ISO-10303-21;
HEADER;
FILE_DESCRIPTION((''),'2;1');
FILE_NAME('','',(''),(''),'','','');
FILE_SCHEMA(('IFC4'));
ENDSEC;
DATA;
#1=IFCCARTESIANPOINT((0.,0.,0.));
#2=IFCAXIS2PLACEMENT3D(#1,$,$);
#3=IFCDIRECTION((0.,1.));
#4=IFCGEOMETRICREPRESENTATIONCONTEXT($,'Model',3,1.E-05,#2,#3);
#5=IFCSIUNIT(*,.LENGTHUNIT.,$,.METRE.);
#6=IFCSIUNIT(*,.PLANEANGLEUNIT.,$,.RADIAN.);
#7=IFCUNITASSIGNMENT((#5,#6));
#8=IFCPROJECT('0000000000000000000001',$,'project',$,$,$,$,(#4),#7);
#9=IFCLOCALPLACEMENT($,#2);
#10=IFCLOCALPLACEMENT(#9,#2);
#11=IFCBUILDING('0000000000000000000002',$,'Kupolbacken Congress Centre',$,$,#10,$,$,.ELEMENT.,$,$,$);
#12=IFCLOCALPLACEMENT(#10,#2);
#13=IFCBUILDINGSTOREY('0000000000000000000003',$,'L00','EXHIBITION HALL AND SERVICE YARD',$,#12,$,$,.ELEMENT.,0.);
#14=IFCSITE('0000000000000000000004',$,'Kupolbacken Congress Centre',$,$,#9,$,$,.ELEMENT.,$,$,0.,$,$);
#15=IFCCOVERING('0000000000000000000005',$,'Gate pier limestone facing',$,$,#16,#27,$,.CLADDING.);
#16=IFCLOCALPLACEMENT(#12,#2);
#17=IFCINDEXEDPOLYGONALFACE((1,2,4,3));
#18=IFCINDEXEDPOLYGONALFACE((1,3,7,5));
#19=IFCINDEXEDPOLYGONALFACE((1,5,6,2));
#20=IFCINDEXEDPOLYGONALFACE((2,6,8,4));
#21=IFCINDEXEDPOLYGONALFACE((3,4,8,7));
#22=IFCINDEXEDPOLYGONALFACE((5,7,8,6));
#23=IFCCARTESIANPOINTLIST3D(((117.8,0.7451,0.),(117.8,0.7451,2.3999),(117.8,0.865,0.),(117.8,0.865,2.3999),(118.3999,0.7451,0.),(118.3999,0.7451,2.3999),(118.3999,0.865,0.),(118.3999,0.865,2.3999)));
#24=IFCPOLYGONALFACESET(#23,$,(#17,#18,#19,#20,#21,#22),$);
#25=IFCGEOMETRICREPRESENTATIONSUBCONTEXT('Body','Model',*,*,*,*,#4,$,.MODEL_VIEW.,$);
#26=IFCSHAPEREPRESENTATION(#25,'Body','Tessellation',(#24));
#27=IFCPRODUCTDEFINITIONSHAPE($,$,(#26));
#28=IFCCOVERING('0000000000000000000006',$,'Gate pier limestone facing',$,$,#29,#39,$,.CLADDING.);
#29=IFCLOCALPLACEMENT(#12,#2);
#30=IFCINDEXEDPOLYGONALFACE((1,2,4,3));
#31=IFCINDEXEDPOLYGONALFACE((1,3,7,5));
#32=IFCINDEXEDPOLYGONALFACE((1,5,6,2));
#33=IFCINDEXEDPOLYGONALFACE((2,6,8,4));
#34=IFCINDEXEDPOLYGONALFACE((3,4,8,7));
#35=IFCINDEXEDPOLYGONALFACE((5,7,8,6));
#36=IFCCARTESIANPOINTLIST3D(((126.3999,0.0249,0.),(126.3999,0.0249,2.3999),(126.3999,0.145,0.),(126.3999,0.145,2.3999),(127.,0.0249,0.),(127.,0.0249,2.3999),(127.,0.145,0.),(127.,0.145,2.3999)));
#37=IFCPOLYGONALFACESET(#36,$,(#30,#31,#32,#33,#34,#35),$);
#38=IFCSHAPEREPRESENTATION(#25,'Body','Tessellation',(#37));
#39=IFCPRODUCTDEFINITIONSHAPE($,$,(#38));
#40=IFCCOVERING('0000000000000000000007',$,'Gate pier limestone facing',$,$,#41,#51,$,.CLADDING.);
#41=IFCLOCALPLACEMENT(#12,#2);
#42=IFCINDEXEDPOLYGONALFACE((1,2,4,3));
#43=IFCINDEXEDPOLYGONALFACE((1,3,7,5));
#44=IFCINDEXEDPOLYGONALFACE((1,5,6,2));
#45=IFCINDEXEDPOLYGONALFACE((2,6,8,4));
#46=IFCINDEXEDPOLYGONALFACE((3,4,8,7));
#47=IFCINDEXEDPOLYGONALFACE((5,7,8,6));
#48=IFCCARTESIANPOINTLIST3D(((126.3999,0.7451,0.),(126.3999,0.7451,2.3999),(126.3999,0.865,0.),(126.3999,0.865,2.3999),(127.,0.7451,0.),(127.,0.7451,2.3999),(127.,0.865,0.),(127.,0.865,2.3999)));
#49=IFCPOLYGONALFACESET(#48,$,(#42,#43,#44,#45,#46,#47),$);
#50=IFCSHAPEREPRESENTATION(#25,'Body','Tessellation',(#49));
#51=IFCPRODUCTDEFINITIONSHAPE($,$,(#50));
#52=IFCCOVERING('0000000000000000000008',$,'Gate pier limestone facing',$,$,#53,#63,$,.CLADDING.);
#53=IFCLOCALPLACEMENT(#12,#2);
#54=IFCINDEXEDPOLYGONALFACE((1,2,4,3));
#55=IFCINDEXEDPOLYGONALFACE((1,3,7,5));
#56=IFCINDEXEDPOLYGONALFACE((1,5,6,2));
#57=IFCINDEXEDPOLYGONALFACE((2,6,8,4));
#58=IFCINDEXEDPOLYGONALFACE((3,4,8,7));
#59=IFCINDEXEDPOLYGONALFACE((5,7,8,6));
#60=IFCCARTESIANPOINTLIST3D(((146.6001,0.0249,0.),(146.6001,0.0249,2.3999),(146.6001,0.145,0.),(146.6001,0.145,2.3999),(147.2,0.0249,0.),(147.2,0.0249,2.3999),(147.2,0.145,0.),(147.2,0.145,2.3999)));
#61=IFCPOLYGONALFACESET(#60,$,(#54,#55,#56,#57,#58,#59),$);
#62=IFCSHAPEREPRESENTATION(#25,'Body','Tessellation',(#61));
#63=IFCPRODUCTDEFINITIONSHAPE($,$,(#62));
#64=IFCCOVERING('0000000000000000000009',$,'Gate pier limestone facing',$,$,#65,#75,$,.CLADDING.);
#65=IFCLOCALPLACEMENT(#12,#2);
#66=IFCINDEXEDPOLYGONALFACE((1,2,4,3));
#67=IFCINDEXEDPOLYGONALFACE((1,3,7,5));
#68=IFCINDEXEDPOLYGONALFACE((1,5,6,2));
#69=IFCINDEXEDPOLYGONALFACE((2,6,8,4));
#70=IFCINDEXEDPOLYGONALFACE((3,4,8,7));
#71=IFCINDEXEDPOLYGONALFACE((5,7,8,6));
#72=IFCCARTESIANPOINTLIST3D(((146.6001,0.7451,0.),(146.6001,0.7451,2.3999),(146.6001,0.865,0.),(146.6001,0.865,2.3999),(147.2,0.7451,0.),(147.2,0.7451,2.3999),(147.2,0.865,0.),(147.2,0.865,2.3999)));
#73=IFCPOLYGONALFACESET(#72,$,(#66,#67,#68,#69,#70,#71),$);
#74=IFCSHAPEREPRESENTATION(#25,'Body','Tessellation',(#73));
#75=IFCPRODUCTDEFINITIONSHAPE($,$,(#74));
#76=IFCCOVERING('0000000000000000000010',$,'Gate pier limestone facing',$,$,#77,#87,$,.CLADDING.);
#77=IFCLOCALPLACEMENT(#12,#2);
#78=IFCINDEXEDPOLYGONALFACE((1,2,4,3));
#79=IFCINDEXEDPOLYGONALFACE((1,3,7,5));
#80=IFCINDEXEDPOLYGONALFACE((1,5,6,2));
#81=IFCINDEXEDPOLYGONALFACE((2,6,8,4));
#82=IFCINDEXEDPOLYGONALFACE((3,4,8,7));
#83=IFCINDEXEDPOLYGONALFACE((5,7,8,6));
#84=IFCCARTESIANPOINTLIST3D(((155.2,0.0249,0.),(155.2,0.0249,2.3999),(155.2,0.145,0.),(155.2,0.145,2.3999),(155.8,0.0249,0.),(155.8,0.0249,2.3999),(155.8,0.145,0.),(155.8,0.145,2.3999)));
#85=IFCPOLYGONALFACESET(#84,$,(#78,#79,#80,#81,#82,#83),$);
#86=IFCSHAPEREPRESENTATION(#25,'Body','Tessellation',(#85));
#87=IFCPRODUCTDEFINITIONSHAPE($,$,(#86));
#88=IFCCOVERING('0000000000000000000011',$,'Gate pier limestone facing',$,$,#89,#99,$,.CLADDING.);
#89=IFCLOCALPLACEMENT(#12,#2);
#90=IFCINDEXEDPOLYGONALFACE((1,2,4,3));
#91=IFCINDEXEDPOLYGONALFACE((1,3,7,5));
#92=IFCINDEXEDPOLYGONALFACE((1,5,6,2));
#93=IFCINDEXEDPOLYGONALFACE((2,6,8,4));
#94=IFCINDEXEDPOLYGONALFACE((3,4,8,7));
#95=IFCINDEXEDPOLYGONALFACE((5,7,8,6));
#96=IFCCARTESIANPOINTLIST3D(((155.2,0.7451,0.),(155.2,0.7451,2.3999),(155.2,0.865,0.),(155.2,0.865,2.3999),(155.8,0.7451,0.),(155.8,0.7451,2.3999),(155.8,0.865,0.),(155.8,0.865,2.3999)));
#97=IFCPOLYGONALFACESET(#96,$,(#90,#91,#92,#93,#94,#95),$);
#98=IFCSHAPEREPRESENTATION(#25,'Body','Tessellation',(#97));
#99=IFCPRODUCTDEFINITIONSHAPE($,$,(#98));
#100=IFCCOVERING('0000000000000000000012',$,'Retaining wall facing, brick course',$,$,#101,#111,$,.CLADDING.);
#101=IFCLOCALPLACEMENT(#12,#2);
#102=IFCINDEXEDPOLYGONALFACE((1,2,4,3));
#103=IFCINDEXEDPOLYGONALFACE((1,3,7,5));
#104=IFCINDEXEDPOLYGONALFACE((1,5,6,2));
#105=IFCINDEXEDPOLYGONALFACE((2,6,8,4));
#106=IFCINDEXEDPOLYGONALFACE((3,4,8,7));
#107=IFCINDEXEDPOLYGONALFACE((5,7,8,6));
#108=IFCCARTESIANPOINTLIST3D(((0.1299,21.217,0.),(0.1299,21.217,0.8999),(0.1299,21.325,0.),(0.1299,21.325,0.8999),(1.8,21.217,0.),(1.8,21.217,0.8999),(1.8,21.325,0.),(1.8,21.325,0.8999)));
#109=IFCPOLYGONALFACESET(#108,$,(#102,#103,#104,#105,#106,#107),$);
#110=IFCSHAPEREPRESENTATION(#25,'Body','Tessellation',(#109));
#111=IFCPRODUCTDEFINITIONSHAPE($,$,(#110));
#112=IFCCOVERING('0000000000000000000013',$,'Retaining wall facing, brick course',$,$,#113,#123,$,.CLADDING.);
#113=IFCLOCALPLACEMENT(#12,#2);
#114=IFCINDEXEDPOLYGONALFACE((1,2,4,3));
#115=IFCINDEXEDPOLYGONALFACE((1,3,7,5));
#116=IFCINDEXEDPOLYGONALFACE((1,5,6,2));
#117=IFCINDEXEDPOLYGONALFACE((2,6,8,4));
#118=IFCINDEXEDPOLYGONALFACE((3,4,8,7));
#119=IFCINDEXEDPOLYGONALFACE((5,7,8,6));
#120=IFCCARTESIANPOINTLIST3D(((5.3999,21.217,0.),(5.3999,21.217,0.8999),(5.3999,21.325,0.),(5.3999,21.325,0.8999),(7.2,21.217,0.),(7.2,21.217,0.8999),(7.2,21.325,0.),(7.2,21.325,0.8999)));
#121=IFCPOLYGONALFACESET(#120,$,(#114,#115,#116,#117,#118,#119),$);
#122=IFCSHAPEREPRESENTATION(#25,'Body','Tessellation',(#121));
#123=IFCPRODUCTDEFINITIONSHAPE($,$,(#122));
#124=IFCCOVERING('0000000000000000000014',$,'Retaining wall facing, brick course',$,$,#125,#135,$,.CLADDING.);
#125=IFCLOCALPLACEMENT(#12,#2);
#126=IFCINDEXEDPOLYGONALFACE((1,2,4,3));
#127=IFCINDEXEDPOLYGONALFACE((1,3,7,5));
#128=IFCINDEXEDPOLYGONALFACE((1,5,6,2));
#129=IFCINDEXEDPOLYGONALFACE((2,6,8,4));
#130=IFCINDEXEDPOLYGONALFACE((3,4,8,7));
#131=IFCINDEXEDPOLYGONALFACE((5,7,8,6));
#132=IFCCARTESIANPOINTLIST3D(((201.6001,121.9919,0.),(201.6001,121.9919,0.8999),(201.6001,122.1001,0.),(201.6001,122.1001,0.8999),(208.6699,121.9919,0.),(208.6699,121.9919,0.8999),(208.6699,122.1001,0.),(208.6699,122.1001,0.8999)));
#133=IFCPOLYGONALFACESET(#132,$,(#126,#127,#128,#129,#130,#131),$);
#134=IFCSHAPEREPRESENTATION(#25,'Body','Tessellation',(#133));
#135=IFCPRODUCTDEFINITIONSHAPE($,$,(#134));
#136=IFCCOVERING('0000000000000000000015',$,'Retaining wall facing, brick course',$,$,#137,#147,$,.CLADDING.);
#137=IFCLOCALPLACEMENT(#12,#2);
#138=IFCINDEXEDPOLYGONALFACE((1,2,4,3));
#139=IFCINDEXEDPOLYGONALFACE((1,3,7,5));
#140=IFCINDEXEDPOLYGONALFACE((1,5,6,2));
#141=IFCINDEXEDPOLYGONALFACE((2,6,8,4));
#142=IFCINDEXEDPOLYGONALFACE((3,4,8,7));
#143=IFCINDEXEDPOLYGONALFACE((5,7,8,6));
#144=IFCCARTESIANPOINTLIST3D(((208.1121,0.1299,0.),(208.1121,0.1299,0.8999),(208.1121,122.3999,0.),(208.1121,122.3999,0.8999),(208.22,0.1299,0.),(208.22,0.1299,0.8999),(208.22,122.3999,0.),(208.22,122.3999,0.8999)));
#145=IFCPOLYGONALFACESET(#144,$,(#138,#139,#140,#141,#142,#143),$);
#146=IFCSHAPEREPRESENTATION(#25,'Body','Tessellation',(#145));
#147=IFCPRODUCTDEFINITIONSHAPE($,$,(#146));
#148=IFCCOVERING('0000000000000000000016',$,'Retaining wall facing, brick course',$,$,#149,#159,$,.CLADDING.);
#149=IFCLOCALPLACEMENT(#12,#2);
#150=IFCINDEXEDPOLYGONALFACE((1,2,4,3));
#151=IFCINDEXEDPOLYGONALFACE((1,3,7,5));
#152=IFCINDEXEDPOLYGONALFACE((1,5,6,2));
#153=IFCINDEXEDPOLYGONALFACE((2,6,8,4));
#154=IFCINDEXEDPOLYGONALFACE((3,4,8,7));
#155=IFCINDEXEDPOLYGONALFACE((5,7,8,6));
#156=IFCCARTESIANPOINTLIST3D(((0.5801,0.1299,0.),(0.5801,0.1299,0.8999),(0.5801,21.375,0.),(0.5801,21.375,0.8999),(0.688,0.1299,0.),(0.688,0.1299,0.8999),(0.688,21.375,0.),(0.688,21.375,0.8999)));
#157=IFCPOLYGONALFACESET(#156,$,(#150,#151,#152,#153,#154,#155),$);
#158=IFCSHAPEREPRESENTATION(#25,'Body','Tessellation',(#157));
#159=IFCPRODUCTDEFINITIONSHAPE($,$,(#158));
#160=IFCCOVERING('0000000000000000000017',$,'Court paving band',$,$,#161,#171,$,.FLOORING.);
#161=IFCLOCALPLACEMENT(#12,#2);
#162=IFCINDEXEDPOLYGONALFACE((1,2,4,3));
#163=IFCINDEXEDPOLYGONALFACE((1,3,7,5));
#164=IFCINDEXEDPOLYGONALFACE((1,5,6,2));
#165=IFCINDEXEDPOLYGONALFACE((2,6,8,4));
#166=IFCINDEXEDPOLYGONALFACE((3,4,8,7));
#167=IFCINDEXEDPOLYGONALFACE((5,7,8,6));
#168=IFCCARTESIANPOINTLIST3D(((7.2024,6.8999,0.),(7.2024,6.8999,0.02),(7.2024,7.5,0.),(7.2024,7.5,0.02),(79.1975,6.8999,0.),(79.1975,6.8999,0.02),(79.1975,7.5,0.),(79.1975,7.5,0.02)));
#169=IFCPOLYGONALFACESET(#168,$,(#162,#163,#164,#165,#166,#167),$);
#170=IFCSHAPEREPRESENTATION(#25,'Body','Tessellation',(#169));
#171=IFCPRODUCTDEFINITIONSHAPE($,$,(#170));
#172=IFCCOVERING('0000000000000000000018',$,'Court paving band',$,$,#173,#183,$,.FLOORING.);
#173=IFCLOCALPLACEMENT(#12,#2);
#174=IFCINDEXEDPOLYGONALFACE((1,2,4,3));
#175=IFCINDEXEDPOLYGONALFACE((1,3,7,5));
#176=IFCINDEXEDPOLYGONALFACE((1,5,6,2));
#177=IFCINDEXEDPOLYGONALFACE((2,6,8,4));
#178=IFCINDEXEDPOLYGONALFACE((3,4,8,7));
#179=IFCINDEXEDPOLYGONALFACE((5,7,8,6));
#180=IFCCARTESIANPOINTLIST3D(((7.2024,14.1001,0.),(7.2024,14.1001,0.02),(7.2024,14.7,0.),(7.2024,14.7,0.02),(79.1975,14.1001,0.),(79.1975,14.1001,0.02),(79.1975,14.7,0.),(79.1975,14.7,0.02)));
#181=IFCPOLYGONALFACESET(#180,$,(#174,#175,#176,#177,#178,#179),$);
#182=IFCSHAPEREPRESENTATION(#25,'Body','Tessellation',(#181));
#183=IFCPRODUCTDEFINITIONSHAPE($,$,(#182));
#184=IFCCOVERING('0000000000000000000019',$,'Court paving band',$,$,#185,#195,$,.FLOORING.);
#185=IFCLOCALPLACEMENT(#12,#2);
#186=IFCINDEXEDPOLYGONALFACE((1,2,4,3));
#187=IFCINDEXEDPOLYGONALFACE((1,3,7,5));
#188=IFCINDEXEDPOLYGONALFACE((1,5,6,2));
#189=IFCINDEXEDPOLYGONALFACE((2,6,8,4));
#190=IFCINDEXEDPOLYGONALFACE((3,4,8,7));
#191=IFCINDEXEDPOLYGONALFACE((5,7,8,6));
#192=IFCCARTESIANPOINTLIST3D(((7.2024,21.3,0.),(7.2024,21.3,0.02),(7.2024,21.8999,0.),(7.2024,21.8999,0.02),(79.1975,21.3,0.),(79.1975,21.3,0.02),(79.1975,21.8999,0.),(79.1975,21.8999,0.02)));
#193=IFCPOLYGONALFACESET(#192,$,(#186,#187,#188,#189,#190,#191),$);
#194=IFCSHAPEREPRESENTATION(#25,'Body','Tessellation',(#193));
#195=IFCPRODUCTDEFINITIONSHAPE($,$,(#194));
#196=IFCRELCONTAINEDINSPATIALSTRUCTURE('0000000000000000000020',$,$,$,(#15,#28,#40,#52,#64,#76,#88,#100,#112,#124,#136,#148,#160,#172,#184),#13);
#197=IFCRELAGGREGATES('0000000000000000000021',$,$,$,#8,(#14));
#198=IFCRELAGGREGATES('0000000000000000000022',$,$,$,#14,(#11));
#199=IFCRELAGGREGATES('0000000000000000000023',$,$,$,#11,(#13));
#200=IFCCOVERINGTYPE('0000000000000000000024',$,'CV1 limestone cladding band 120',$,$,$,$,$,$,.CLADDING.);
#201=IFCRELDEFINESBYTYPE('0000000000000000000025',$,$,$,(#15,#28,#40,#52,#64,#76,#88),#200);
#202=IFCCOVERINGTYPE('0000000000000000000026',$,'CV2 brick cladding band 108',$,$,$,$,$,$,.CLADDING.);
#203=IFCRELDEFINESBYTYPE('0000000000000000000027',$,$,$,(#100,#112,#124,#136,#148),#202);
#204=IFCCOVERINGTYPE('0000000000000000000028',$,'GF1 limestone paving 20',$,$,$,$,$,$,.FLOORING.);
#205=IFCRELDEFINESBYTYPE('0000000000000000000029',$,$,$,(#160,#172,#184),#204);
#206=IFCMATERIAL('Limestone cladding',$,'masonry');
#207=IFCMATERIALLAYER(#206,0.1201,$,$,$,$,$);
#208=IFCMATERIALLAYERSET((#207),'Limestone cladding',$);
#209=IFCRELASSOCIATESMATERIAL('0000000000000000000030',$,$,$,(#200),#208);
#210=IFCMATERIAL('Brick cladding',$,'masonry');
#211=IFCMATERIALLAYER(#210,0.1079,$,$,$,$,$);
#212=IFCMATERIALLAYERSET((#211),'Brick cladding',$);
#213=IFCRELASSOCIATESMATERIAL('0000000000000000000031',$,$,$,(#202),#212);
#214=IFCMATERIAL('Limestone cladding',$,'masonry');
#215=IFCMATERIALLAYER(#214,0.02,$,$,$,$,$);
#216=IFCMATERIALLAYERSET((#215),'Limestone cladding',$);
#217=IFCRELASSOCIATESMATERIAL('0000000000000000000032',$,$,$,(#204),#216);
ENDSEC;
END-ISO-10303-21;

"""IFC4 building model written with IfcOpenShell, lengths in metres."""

from ifc_helpers import new_model, si_unit, direction, origin, place, context, subcontext, project, spatial, polyline, outline, extrude, material, layer, layer_set, type_object, element, save


model = new_model("IFC4")

# Units and contexts
model_context = context("Model", 3, precision=1e-05, world=origin(), true_north=direction((0.0, 1.0)))
body_context = subcontext(model_context, "Body", "Model", "MODEL_VIEW")
ifc_project = project(units=[si_unit("LENGTHUNIT", "METRE"), si_unit("PLANEANGLEUNIT", "RADIAN")], contexts=[model_context])

# Site, building, storey
site_placement = place(None, origin())
site = spatial("IfcSite", under=ifc_project, at=site_placement, Name="Kupolbacken Congress Centre", CompositionType="ELEMENT", RefElevation=0.0)
building_placement = place(site_placement, origin())
building = spatial("IfcBuilding", under=site, at=building_placement, Name="Kupolbacken Congress Centre", CompositionType="ELEMENT")
storey_placement = place(building_placement, origin())
storey = spatial("IfcBuildingStorey", under=building, at=storey_placement, Name="L00", Description="EXHIBITION HALL AND SERVICE YARD", CompositionType="ELEMENT", Elevation=0.0)

# Coverings
ifc_material_1 = material(Name="Limestone cladding", Category="masonry")
ifc_layer_1 = layer(ifc_material_1, 0.1201)
ifc_layer_set_1 = layer_set([ifc_layer_1], Name="Limestone cladding")
covering_type_1 = type_object("IfcCoveringType", Name="CV1 limestone cladding band 120", PredefinedType="CLADDING", material=ifc_layer_set_1)
covering_1_placement = place(storey_placement, origin())
element("IfcCovering", 1, at=covering_1_placement, inside=storey, type_object=covering_type_1, Name="Gate pier limestone facing", PredefinedType="CLADDING", context=body_context, shape_type="SweptSolid", body=[
    extrude(outline(polyline([(117.8, 0.7451), (117.8, 0.865), (118.3999, 0.865), (118.3999, 0.7451), (117.8, 0.7451)])), origin(), (0.0, 0.0, 1.0), 2.3999),
])
covering_2_placement = place(storey_placement, origin())
element("IfcCovering", 2, at=covering_2_placement, inside=storey, type_object=covering_type_1, Name="Gate pier limestone facing", PredefinedType="CLADDING", context=body_context, shape_type="SweptSolid", body=[
    extrude(outline(polyline([(126.3999, 0.0249), (126.3999, 0.145), (127.0, 0.145), (127.0, 0.0249), (126.3999, 0.0249)])), origin(), (0.0, 0.0, 1.0), 2.3999),
])
covering_3_placement = place(storey_placement, origin())
element("IfcCovering", 3, at=covering_3_placement, inside=storey, type_object=covering_type_1, Name="Gate pier limestone facing", PredefinedType="CLADDING", context=body_context, shape_type="SweptSolid", body=[
    extrude(outline(polyline([(126.3999, 0.7451), (126.3999, 0.865), (127.0, 0.865), (127.0, 0.7451), (126.3999, 0.7451)])), origin(), (0.0, 0.0, 1.0), 2.3999),
])
covering_4_placement = place(storey_placement, origin())
element("IfcCovering", 4, at=covering_4_placement, inside=storey, type_object=covering_type_1, Name="Gate pier limestone facing", PredefinedType="CLADDING", context=body_context, shape_type="SweptSolid", body=[
    extrude(outline(polyline([(146.6001, 0.0249), (146.6001, 0.145), (147.2, 0.145), (147.2, 0.0249), (146.6001, 0.0249)])), origin(), (0.0, 0.0, 1.0), 2.3999),
])
covering_5_placement = place(storey_placement, origin())
element("IfcCovering", 5, at=covering_5_placement, inside=storey, type_object=covering_type_1, Name="Gate pier limestone facing", PredefinedType="CLADDING", context=body_context, shape_type="SweptSolid", body=[
    extrude(outline(polyline([(146.6001, 0.7451), (146.6001, 0.865), (147.2, 0.865), (147.2, 0.7451), (146.6001, 0.7451)])), origin(), (0.0, 0.0, 1.0), 2.3999),
])
covering_6_placement = place(storey_placement, origin())
element("IfcCovering", 6, at=covering_6_placement, inside=storey, type_object=covering_type_1, Name="Gate pier limestone facing", PredefinedType="CLADDING", context=body_context, shape_type="SweptSolid", body=[
    extrude(outline(polyline([(155.2, 0.0249), (155.2, 0.145), (155.8, 0.145), (155.8, 0.0249), (155.2, 0.0249)])), origin(), (0.0, 0.0, 1.0), 2.3999),
])
covering_7_placement = place(storey_placement, origin())
element("IfcCovering", 7, at=covering_7_placement, inside=storey, type_object=covering_type_1, Name="Gate pier limestone facing", PredefinedType="CLADDING", context=body_context, shape_type="SweptSolid", body=[
    extrude(outline(polyline([(155.2, 0.7451), (155.2, 0.865), (155.8, 0.865), (155.8, 0.7451), (155.2, 0.7451)])), origin(), (0.0, 0.0, 1.0), 2.3999),
])
ifc_material_2 = material(Name="Brick cladding", Category="masonry")
ifc_layer_2 = layer(ifc_material_2, 0.1079)
ifc_layer_set_2 = layer_set([ifc_layer_2], Name="Brick cladding")
covering_type_2 = type_object("IfcCoveringType", Name="CV2 brick cladding band 108", PredefinedType="CLADDING", material=ifc_layer_set_2)
covering_8_placement = place(storey_placement, origin())
element("IfcCovering", 8, at=covering_8_placement, inside=storey, type_object=covering_type_2, Name="Retaining wall facing, brick course", PredefinedType="CLADDING", context=body_context, shape_type="SweptSolid", body=[
    extrude(outline(polyline([(0.1299, 21.217), (0.1299, 21.325), (1.8, 21.325), (1.8, 21.217), (0.1299, 21.217)])), origin(), (0.0, 0.0, 1.0), 0.8999),
])
covering_9_placement = place(storey_placement, origin())
element("IfcCovering", 9, at=covering_9_placement, inside=storey, type_object=covering_type_2, Name="Retaining wall facing, brick course", PredefinedType="CLADDING", context=body_context, shape_type="SweptSolid", body=[
    extrude(outline(polyline([(5.3999, 21.217), (5.3999, 21.325), (7.2, 21.325), (7.2, 21.217), (5.3999, 21.217)])), origin(), (0.0, 0.0, 1.0), 0.8999),
])
covering_10_placement = place(storey_placement, origin())
element("IfcCovering", 10, at=covering_10_placement, inside=storey, type_object=covering_type_2, Name="Retaining wall facing, brick course", PredefinedType="CLADDING", context=body_context, shape_type="SweptSolid", body=[
    extrude(outline(polyline([(201.6001, 121.9919), (201.6001, 122.1001), (208.6699, 122.1001), (208.6699, 121.9919), (201.6001, 121.9919)])), origin(), (0.0, 0.0, 1.0), 0.8999),
])
covering_11_placement = place(storey_placement, origin())
element("IfcCovering", 11, at=covering_11_placement, inside=storey, type_object=covering_type_2, Name="Retaining wall facing, brick course", PredefinedType="CLADDING", context=body_context, shape_type="SweptSolid", body=[
    extrude(outline(polyline([(208.22, 0.1299), (208.1121, 0.1299), (208.1121, 122.3999), (208.22, 122.3999), (208.22, 0.1299)])), origin(), (0.0, 0.0, 1.0), 0.8999),
])
covering_12_placement = place(storey_placement, origin())
element("IfcCovering", 12, at=covering_12_placement, inside=storey, type_object=covering_type_2, Name="Retaining wall facing, brick course", PredefinedType="CLADDING", context=body_context, shape_type="SweptSolid", body=[
    extrude(outline(polyline([(0.688, 0.1299), (0.5801, 0.1299), (0.5801, 21.375), (0.688, 21.375), (0.688, 0.1299)])), origin(), (0.0, 0.0, 1.0), 0.8999),
])
ifc_material_3 = material(Name="Limestone cladding", Category="masonry")
ifc_layer_3 = layer(ifc_material_3, 0.02)
ifc_layer_set_3 = layer_set([ifc_layer_3], Name="Limestone cladding")
covering_type_3 = type_object("IfcCoveringType", Name="GF1 limestone paving 20", PredefinedType="FLOORING", material=ifc_layer_set_3)
covering_13_placement = place(storey_placement, origin())
element("IfcCovering", 13, at=covering_13_placement, inside=storey, type_object=covering_type_3, Name="Court paving band", PredefinedType="FLOORING", context=body_context, shape_type="SweptSolid", body=[
    extrude(outline(polyline([(79.1975, 6.8999), (7.2024, 6.8999), (7.2024, 7.5), (79.1975, 7.5), (79.1975, 6.8999)])), origin(), (0.0, 0.0, 1.0), 0.02),
])
covering_14_placement = place(storey_placement, origin())
element("IfcCovering", 14, at=covering_14_placement, inside=storey, type_object=covering_type_3, Name="Court paving band", PredefinedType="FLOORING", context=body_context, shape_type="SweptSolid", body=[
    extrude(outline(polyline([(79.1975, 14.1001), (7.2024, 14.1001), (7.2024, 14.7), (79.1975, 14.7), (79.1975, 14.1001)])), origin(), (0.0, 0.0, 1.0), 0.02),
])
covering_15_placement = place(storey_placement, origin())
element("IfcCovering", 15, at=covering_15_placement, inside=storey, type_object=covering_type_3, Name="Court paving band", PredefinedType="FLOORING", context=body_context, shape_type="SweptSolid", body=[
    extrude(outline(polyline([(79.1975, 21.3), (7.2024, 21.3), (7.2024, 21.8999), (79.1975, 21.8999), (79.1975, 21.3)])), origin(), (0.0, 0.0, 1.0), 0.02),
])

save(model, "model.ifc")
